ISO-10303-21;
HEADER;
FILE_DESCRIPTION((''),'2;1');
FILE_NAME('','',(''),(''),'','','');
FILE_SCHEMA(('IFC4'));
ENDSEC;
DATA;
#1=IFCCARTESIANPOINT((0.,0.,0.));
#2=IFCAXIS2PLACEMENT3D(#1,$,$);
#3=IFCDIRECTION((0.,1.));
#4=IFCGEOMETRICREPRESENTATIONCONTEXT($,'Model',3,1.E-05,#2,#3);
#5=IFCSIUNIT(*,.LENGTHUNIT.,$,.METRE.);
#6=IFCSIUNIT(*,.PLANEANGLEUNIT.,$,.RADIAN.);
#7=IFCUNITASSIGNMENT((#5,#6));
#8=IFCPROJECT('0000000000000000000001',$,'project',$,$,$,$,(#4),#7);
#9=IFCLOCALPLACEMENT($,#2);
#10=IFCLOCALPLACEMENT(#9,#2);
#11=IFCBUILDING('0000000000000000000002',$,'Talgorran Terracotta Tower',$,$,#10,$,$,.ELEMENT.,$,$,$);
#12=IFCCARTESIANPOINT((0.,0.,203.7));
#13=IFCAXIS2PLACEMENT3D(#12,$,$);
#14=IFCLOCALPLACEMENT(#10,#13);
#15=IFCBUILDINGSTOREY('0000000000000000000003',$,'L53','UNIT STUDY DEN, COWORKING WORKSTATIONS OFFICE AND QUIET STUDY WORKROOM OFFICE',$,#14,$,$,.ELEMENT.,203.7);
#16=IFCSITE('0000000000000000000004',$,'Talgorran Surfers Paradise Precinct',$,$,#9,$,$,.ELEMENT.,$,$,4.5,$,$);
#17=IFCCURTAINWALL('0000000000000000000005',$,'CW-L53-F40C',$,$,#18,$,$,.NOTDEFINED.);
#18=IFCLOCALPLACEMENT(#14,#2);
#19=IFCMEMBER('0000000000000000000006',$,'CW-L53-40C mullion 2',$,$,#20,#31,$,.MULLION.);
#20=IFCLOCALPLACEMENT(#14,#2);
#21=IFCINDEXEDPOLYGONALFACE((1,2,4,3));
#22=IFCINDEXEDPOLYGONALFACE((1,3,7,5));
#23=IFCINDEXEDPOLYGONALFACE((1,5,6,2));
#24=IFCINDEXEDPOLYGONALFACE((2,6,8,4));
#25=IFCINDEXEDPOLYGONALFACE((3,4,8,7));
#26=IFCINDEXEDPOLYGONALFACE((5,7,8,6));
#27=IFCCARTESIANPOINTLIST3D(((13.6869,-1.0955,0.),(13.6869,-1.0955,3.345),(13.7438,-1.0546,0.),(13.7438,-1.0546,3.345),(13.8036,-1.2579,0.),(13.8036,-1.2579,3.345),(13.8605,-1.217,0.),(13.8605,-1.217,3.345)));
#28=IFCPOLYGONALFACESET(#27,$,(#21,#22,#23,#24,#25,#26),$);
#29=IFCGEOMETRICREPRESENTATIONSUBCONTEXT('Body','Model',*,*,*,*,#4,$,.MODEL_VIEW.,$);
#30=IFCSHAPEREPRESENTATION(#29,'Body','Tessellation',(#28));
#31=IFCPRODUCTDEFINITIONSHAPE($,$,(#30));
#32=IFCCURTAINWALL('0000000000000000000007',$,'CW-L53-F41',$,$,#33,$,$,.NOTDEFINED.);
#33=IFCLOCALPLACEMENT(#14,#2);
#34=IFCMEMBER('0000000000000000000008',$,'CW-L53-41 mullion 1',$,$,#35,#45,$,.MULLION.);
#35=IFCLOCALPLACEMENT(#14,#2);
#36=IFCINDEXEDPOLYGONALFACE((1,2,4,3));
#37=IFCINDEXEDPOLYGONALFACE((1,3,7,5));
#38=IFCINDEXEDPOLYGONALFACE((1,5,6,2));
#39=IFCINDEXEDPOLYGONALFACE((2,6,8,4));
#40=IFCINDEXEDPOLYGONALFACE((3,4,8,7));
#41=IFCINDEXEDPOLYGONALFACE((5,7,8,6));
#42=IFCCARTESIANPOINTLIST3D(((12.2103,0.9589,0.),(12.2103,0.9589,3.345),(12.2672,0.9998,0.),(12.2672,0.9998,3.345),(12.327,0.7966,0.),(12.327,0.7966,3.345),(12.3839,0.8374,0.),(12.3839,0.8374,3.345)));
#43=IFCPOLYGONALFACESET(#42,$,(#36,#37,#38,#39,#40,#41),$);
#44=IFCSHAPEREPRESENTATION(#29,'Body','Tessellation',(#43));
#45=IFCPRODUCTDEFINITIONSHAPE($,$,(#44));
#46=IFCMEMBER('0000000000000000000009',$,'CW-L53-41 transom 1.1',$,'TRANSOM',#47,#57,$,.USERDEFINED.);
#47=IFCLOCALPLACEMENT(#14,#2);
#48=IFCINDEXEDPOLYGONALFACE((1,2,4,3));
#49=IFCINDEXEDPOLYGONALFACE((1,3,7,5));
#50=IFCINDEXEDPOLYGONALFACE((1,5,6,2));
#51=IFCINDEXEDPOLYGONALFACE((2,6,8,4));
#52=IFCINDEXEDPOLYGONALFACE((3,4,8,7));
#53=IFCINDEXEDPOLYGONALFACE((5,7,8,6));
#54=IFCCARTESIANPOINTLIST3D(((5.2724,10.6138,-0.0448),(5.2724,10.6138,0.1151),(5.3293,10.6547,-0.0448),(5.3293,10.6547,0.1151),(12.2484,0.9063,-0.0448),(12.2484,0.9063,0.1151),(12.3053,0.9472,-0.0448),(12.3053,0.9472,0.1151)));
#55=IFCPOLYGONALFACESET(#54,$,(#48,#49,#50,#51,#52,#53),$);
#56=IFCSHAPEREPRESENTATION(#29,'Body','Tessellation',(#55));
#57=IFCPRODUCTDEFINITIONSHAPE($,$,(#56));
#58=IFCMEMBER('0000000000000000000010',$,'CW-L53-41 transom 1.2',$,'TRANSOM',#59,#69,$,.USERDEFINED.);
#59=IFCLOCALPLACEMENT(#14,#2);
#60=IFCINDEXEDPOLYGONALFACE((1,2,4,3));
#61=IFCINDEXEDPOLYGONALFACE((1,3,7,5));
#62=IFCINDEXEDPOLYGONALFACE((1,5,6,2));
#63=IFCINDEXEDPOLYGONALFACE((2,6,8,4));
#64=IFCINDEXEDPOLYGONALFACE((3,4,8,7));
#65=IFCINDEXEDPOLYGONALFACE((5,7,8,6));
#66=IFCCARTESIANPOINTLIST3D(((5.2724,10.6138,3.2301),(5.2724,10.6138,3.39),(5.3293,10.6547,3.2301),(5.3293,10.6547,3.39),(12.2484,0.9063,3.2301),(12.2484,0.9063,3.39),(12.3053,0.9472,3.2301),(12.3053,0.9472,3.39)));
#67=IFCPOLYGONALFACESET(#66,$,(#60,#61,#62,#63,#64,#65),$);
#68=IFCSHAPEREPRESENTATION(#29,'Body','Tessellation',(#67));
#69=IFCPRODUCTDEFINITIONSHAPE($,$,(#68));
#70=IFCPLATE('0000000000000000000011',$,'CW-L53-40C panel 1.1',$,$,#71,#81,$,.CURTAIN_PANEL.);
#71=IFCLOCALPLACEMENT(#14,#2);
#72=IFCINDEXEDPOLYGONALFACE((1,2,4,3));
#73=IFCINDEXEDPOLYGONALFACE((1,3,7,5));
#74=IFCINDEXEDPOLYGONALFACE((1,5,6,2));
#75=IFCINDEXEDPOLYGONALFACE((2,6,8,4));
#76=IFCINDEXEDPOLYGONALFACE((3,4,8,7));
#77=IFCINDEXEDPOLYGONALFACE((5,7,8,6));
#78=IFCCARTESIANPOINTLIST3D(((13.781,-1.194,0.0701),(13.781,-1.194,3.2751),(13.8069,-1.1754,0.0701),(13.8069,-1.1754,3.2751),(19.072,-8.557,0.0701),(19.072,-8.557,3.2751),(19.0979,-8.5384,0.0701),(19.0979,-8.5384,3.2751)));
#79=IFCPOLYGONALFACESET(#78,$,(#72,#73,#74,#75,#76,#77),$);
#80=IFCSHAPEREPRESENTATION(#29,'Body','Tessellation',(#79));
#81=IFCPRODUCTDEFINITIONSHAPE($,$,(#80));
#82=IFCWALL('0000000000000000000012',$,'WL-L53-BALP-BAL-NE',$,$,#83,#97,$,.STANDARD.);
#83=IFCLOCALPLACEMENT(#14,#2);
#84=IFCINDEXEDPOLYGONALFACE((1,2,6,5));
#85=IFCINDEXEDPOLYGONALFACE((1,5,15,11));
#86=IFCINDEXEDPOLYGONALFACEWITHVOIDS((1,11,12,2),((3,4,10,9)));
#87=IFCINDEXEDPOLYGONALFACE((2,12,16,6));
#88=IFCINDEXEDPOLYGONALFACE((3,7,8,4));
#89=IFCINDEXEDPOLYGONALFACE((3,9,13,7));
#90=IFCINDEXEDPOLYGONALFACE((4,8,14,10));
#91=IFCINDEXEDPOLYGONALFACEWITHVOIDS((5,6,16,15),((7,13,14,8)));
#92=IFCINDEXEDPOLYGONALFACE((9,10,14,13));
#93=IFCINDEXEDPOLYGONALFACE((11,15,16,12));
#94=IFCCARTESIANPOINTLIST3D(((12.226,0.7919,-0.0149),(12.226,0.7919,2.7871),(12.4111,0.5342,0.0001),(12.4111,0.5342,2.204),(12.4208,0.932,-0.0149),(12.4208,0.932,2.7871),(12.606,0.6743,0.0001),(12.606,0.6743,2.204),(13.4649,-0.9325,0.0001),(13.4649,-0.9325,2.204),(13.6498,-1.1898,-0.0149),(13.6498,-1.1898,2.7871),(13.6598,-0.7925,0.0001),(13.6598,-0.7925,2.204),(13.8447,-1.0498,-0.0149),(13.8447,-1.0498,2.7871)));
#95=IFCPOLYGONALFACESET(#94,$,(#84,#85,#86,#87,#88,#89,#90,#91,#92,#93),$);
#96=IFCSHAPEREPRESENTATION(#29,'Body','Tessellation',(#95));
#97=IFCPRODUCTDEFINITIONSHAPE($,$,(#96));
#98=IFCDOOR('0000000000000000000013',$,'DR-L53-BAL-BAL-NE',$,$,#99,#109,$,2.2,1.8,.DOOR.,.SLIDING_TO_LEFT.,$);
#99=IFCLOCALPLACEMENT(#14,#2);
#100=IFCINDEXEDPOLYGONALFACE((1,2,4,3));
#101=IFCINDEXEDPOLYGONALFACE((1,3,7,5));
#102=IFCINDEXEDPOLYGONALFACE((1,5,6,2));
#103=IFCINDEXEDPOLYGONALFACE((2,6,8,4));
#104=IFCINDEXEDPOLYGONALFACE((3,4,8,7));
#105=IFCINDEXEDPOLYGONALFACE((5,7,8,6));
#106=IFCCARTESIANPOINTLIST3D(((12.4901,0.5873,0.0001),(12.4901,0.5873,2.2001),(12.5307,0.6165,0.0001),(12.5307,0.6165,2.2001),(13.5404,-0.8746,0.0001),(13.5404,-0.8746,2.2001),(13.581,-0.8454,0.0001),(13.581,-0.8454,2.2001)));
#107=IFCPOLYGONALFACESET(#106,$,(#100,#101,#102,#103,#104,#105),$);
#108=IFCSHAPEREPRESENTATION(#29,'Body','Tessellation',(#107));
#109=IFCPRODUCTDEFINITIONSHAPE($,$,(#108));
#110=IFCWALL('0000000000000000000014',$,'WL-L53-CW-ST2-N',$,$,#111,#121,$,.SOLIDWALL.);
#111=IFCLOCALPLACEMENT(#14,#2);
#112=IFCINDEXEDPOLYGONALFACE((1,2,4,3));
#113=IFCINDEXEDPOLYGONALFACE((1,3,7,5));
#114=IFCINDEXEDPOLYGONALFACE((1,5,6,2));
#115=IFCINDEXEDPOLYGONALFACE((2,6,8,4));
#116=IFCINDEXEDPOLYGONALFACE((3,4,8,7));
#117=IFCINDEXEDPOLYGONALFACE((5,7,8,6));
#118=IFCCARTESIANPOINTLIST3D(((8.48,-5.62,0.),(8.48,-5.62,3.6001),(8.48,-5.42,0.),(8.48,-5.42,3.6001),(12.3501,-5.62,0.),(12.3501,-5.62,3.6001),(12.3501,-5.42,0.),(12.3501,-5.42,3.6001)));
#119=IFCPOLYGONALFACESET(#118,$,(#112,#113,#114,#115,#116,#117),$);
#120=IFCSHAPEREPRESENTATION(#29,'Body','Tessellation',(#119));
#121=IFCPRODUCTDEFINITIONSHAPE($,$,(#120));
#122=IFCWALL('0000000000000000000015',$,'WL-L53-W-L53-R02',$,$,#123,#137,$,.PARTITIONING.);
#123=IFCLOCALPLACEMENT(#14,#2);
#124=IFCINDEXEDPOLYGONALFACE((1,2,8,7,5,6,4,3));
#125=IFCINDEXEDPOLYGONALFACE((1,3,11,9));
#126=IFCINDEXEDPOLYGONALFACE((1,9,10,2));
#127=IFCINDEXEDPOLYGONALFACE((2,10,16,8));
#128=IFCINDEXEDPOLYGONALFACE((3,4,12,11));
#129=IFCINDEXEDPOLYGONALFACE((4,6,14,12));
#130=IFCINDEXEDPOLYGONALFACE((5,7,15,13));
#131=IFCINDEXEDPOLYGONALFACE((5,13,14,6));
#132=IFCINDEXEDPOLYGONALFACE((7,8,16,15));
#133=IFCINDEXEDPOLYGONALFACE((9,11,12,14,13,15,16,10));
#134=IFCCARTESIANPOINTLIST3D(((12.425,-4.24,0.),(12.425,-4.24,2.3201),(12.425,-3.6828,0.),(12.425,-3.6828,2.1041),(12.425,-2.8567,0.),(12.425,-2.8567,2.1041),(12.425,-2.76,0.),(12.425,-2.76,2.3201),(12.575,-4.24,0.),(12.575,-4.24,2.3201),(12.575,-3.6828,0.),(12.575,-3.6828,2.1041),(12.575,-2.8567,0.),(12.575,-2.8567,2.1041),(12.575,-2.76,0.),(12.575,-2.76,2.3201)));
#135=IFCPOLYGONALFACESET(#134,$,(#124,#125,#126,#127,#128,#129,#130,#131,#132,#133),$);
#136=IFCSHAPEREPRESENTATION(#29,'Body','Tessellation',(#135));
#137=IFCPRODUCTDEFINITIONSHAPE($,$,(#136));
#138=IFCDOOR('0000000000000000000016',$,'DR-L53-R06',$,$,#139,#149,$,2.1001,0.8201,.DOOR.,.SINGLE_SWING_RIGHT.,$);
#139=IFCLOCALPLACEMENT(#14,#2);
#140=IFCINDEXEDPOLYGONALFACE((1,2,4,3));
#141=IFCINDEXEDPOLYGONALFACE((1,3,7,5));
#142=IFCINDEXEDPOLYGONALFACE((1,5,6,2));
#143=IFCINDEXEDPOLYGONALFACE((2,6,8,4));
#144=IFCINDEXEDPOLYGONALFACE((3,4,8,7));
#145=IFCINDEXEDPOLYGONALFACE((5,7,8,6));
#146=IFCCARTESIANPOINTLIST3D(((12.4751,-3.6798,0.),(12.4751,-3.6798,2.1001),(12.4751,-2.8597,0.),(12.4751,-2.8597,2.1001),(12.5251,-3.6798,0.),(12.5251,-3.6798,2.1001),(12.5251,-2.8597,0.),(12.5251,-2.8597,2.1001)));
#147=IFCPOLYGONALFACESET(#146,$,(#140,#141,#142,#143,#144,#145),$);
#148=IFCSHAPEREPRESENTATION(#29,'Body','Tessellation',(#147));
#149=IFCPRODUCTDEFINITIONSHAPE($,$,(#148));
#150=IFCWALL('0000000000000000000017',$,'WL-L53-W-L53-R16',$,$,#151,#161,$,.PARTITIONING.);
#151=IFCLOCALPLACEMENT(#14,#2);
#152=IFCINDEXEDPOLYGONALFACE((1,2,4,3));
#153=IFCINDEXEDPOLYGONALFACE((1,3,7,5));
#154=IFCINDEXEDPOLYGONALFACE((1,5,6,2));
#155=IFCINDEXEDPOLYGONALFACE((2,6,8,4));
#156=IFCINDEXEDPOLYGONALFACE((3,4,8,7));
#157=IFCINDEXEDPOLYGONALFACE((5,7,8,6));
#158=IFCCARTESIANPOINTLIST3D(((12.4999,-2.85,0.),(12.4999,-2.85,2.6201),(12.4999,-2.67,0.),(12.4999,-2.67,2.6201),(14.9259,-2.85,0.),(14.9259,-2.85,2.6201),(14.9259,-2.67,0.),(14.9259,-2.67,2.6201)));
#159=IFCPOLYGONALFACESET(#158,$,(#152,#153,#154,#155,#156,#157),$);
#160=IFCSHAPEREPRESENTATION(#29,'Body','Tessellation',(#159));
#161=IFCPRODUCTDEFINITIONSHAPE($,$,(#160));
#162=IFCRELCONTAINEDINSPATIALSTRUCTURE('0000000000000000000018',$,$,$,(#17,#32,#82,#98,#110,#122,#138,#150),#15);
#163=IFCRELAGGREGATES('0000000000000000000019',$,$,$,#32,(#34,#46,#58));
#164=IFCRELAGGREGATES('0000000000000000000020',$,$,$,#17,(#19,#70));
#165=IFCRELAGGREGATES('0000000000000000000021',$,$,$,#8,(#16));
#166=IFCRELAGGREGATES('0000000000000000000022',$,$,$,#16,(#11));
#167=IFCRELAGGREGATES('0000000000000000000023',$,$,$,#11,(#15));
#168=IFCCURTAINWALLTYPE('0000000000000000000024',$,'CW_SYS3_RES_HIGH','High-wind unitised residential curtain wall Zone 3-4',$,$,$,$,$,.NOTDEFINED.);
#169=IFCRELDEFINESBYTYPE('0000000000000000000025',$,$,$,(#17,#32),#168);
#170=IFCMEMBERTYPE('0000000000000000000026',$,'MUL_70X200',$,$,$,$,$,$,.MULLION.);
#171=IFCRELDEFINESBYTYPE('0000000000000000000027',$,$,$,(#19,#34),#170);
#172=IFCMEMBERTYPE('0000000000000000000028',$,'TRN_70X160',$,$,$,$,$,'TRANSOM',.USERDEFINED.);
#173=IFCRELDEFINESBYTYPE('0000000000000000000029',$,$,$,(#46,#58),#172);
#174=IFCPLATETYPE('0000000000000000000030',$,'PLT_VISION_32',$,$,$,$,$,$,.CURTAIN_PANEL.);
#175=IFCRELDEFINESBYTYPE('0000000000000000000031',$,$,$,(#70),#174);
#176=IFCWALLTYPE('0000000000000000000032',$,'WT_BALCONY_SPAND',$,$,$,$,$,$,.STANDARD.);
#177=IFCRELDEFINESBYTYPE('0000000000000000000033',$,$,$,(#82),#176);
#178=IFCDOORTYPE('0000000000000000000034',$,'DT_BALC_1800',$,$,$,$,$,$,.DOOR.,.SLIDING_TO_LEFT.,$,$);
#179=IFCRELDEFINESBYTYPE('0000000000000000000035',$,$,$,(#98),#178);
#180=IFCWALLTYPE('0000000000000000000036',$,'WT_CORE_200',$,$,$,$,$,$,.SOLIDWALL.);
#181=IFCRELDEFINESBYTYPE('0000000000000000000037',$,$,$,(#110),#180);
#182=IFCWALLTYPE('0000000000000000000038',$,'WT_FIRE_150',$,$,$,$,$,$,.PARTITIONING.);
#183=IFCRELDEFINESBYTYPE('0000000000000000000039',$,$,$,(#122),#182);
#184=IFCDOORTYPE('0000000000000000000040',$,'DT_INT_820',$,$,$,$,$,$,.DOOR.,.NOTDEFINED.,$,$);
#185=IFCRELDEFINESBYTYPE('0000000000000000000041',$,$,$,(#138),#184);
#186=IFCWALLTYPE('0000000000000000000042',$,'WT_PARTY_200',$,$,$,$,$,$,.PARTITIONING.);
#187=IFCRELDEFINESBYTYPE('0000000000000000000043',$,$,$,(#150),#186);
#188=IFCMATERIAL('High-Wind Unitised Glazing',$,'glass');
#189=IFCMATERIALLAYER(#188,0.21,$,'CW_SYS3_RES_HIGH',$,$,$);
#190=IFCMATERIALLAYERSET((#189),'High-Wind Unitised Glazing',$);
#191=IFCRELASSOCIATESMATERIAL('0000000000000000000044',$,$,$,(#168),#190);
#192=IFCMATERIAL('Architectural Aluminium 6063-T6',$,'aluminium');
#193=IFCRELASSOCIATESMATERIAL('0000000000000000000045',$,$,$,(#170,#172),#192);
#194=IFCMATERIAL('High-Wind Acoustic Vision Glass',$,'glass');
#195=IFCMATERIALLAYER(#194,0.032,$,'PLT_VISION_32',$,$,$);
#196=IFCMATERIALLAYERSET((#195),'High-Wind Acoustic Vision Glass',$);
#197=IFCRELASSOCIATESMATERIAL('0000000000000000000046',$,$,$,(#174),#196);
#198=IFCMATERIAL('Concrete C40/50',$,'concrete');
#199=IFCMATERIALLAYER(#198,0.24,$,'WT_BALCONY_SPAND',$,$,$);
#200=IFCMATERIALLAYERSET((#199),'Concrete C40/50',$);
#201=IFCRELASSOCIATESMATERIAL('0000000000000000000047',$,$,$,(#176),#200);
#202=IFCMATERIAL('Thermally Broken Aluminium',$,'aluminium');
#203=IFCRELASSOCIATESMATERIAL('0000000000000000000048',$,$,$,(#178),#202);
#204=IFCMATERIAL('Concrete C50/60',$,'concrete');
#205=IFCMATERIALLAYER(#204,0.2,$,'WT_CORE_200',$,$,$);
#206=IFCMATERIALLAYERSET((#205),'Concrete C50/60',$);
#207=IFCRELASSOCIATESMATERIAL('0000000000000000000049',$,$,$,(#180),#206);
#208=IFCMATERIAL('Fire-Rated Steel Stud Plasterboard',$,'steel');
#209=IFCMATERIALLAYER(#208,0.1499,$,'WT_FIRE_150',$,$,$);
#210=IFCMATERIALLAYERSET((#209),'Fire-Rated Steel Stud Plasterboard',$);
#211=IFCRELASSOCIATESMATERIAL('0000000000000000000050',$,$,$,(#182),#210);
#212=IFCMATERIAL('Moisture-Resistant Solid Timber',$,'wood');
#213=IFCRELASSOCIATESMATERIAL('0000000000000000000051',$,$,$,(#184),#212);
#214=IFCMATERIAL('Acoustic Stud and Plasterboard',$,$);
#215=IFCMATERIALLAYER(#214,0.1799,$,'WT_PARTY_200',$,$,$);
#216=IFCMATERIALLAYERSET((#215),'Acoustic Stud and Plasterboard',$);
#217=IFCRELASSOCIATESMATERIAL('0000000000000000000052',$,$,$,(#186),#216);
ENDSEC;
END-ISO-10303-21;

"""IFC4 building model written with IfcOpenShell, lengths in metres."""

from ifc_helpers import new_model, si_unit, direction, frame, frame_2d, origin, origin_2d, place, context, subcontext, project, spatial, rectangle, extrude, source, transform, mapped, material, layer, layer_set, material_profile, profile_set, type_object, type_shapes, element, fill, aggregate, save


model = new_model("IFC4")

# Units and contexts
model_context = context("Model", 3, precision=1e-05, world=origin(), true_north=direction((0.0, 1.0)))
body_context = subcontext(model_context, "Body", "Model", "MODEL_VIEW")
ifc_project = project(units=[si_unit("LENGTHUNIT", "METRE"), si_unit("PLANEANGLEUNIT", "RADIAN")], contexts=[model_context])

# Site, building, storey
site_placement = place(None, origin())
site = spatial("IfcSite", under=ifc_project, at=site_placement, Name="Talgorran Surfers Paradise Precinct", CompositionType="ELEMENT", RefElevation=4.5)
building_placement = place(site_placement, origin())
building = spatial("IfcBuilding", under=site, at=building_placement, Name="Talgorran Terracotta Tower", CompositionType="ELEMENT")
storey_placement = place(building_placement, frame((0.0, 0.0, 203.7)))
storey = spatial("IfcBuildingStorey", under=building, at=storey_placement, Name="L53", Description="UNIT STUDY DEN, COWORKING WORKSTATIONS OFFICE AND QUIET STUDY WORKROOM OFFICE", CompositionType="ELEMENT", Elevation=203.7)

# Curtain wall, member
ifc_material_1 = material(Name="High-Wind Unitised Glazing", Category="glass")
ifc_layer_1 = layer(ifc_material_1, 0.21, Name="CW_SYS3_RES_HIGH")
ifc_layer_set_1 = layer_set([ifc_layer_1], Name="High-Wind Unitised Glazing")
curtain_wall_type = type_object("IfcCurtainWallType", Name="CW_SYS3_RES_HIGH", Description="High-wind unitised residential curtain wall Zone 3-4", PredefinedType="NOTDEFINED", material=ifc_layer_set_1)
curtain_wall_1_placement = place(storey_placement, origin())
curtain_wall_1 = element("IfcCurtainWall", 1, at=curtain_wall_1_placement, inside=storey, type_object=curtain_wall_type, Name="CW-L53-F40C", PredefinedType="NOTDEFINED")
ifc_material_2 = material(Name="Architectural Aluminium 6063-T6", Category="aluminium")
ifc_material_profile_1 = material_profile(ifc_material_2, rectangle(XDim=0.0701, YDim=0.2, at=origin_2d()), Name="CWM70X200")
ifc_profile_set_1 = profile_set([ifc_material_profile_1], Name="Architectural Aluminium 6063-T6")
member_type_1 = type_object("IfcMemberType", Name="MUL_70X200", PredefinedType="MULLION", material=ifc_profile_set_1)
member_1_placement = place(storey_placement, frame((13.7737, -1.1562, 0.0), z_axis=(0.0, 0.0, 1.0), x_axis=(-0.812076, -0.583552, 0.0)))
member_1 = element("IfcMember", 2, at=member_1_placement, type_object=member_type_1, Name="CW-L53-40C mullion 2", PredefinedType="MULLION", context=body_context, shape_type="SweptSolid", body=[
    extrude(rectangle(XDim=0.0701, YDim=0.2, at=origin_2d()), origin(), (0.0, 0.0, 1.0), 3.345),
])

# Curtain wall, members
curtain_wall_2_placement = place(storey_placement, origin())
curtain_wall_2 = element("IfcCurtainWall", 3, at=curtain_wall_2_placement, inside=storey, type_object=curtain_wall_type, Name="CW-L53-F41", PredefinedType="NOTDEFINED")
member_2_placement = place(storey_placement, frame((12.2971, 0.8982, 0.0), z_axis=(0.0, 0.0, 1.0), x_axis=(-0.812075, -0.583553, 0.0)))
member_2 = element("IfcMember", 4, at=member_2_placement, type_object=member_type_1, Name="CW-L53-41 mullion 1", PredefinedType="MULLION", context=body_context, shape_type="SweptSolid", body=[
    extrude(rectangle(XDim=0.0701, YDim=0.2, at=origin_2d()), origin(), (0.0, 0.0, 1.0), 3.345),
])
ifc_material_profile_2 = material_profile(ifc_material_2, rectangle(XDim=0.0701, YDim=0.1599, at=origin_2d()), Name="CWT70X160")
ifc_profile_set_2 = profile_set([ifc_material_profile_2], Name="Architectural Aluminium 6063-T6")
member_type_2 = type_object("IfcMemberType", Name="TRN_70X160", ElementType="TRANSOM", PredefinedType="USERDEFINED", material=ifc_profile_set_2)
member_3_placement = place(storey_placement, frame((12.2769, 0.9268, 0.0352), z_axis=(-0.58357, 0.812063, 0.0), x_axis=(-0.812063, -0.58357, 0.0)))
member_3 = element("IfcMember", 5, at=member_3_placement, type_object=member_type_2, Name="CW-L53-41 transom 1.1", ObjectType="TRANSOM", PredefinedType="USERDEFINED", context=body_context, shape_type="SweptSolid", body=[
    extrude(rectangle(XDim=0.0701, YDim=0.1599, at=origin_2d()), origin(), (0.0, 0.0, 1.0), 11.9541),
])
member_4_placement = place(storey_placement, frame((12.2769, 0.9268, 3.3101), z_axis=(-0.58357, 0.812063, 0.0), x_axis=(-0.812063, -0.58357, 0.0)))
member_4 = element("IfcMember", 6, at=member_4_placement, type_object=member_type_2, Name="CW-L53-41 transom 1.2", ObjectType="TRANSOM", PredefinedType="USERDEFINED", context=body_context, shape_type="SweptSolid", body=[
    extrude(rectangle(XDim=0.0701, YDim=0.1599, at=origin_2d()), origin(), (0.0, 0.0, 1.0), 11.9541),
])
aggregate(curtain_wall_2, [member_2, member_3, member_4])

# Plate
ifc_material_3 = material(Name="High-Wind Acoustic Vision Glass", Category="glass")
ifc_layer_2 = layer(ifc_material_3, 0.032, Name="PLT_VISION_32")
ifc_layer_set_2 = layer_set([ifc_layer_2], Name="High-Wind Acoustic Vision Glass")
plate_type = type_object("IfcPlateType", Name="PLT_VISION_32", PredefinedType="CURTAIN_PANEL", material=ifc_layer_set_2)
shared_shape = source(origin(), body_context, "Body", "SweptSolid", [
    extrude(rectangle(XDim=9.0669, YDim=0.032, at=origin_2d()), origin(), (0.0, 0.0, 1.0), 3.2051),
])
type_shapes(plate_type, [shared_shape])
plate_placement = place(storey_placement, frame((16.4395, -4.8662, 0.0701), z_axis=(0.0, 0.0, 1.0), x_axis=(-0.583552, 0.812076, 0.0)))
plate = element("IfcPlate", 7, at=plate_placement, type_object=plate_type, Name="CW-L53-40C panel 1.1", PredefinedType="CURTAIN_PANEL", context=body_context, shape_type="MappedRepresentation", body=[
    mapped(shared_shape, transform((0.0, 0.0, 0.0), scale=1.0)),
])
aggregate(curtain_wall_1, [member_1, plate])

# Wall, opening, door
ifc_material_4 = material(Name="Concrete C40/50", Category="concrete")
ifc_layer_3 = layer(ifc_material_4, 0.24, Name="WT_BALCONY_SPAND")
ifc_layer_set_3 = layer_set([ifc_layer_3], Name="Concrete C40/50")
wall_type_1 = type_object("IfcWallType", Name="WT_BALCONY_SPAND", PredefinedType="STANDARD", material=ifc_layer_set_3)
wall_1_placement = place(storey_placement, frame((13.7473, -1.1199, -0.0149), z_axis=(0.0, 0.0, 1.0), x_axis=(-0.583498, 0.812115, 0.0)))
wall_1 = element("IfcWall", 8, at=wall_1_placement, inside=storey, type_object=wall_type_1, Name="WL-L53-BALP-BAL-NE", PredefinedType="STANDARD", context=body_context, shape_type="SweptSolid", body=[
    extrude(rectangle(XDim=2.4402, YDim=0.24, at=frame_2d((1.2202, 0.0))), origin(), (0.0, 0.0, 1.0), 2.802),
])
opening_1_placement = place(wall_1_placement, frame((0.3201, 0.0, 0.0149)))
opening_1 = element("IfcOpeningElement", 9, at=opening_1_placement, cuts=wall_1, PredefinedType="OPENING", context=body_context, shape_type="SweptSolid", body=[
    extrude(rectangle(XDim=1.806, YDim=2.204, at=frame_2d((0.8999, 1.1021))), frame((0.0, 0.1299, 0.0), z_axis=(0.0, -1.0, 0.0), x_axis=(1.0, 0.0, 0.0)), (0.0, 0.0, 1.0), 0.26),
])
ifc_material_5 = material(Name="Thermally Broken Aluminium", Category="aluminium")
door_type_1 = type_object("IfcDoorType", Name="DT_BALC_1800", OperationType="SLIDING_TO_LEFT", PredefinedType="DOOR", material=ifc_material_5)
door_1_placement = place(opening_1_placement, origin())
door_1 = element("IfcDoor", 10, at=door_1_placement, inside=storey, type_object=door_type_1, Name="DR-L53-BAL-BAL-NE", OperationType="SLIDING_TO_LEFT", OverallHeight=2.2, OverallWidth=1.8, PredefinedType="DOOR", context=body_context, shape_type="SweptSolid", body=[
    extrude(rectangle(XDim=1.8, YDim=2.2, at=frame_2d((0.8999, 1.1001))), frame((0.0, 0.0249, 0.0), z_axis=(0.0, -1.0, 0.0), x_axis=(1.0, 0.0, 0.0)), (0.0, 0.0, 1.0), 0.05),
])
fill(opening_1, door_1)

# Wall
ifc_material_6 = material(Name="Concrete C50/60", Category="concrete")
ifc_layer_4 = layer(ifc_material_6, 0.2, Name="WT_CORE_200")
ifc_layer_set_4 = layer_set([ifc_layer_4], Name="Concrete C50/60")
wall_type_2 = type_object("IfcWallType", Name="WT_CORE_200", PredefinedType="SOLIDWALL", material=ifc_layer_set_4)
wall_2_placement = place(storey_placement, frame((8.48, -5.52, 0.0), z_axis=(0.0, 0.0, 1.0), x_axis=(1.0, 0.0, 0.0)))
element("IfcWall", 11, at=wall_2_placement, inside=storey, type_object=wall_type_2, Name="WL-L53-CW-ST2-N", PredefinedType="SOLIDWALL", context=body_context, shape_type="SweptSolid", body=[
    extrude(rectangle(XDim=3.8701, YDim=0.2, at=frame_2d((1.9351, 0.0))), origin(), (0.0, 0.0, 1.0), 3.6001),
])

# Wall, opening, door
ifc_material_7 = material(Name="Fire-Rated Steel Stud Plasterboard", Category="steel")
ifc_layer_5 = layer(ifc_material_7, 0.1499, Name="WT_FIRE_150")
ifc_layer_set_5 = layer_set([ifc_layer_5], Name="Fire-Rated Steel Stud Plasterboard")
wall_type_3 = type_object("IfcWallType", Name="WT_FIRE_150", PredefinedType="PARTITIONING", material=ifc_layer_set_5)
wall_3_placement = place(storey_placement, frame((12.5, -4.24, 0.0), z_axis=(0.0, 0.0, 1.0), x_axis=(0.0, 1.0, 0.0)))
wall_3 = element("IfcWall", 12, at=wall_3_placement, inside=storey, type_object=wall_type_3, Name="WL-L53-W-L53-R02", PredefinedType="PARTITIONING", context=body_context, shape_type="SweptSolid", body=[
    extrude(rectangle(XDim=1.48, YDim=0.1499, at=frame_2d((0.74, 0.0))), origin(), (0.0, 0.0, 1.0), 2.3201),
])
opening_2_placement = place(wall_3_placement, frame((0.5601, 0.0, 0.0)))
opening_2 = element("IfcOpeningElement", 13, at=opening_2_placement, cuts=wall_3, PredefinedType="OPENING", context=body_context, shape_type="SweptSolid", body=[
    extrude(rectangle(XDim=0.8261, YDim=2.1041, at=frame_2d((0.4102, 1.052))), frame((0.0, 0.085, 0.0), z_axis=(0.0, -1.0, 0.0), x_axis=(1.0, 0.0, 0.0)), (0.0, 0.0, 1.0), 0.1699),
])
ifc_material_8 = material(Name="Moisture-Resistant Solid Timber", Category="wood")
door_type_2 = type_object("IfcDoorType", Name="DT_INT_820", OperationType="NOTDEFINED", PredefinedType="DOOR", material=ifc_material_8)
door_2_placement = place(opening_2_placement, origin())
door_2 = element("IfcDoor", 14, at=door_2_placement, inside=storey, type_object=door_type_2, Name="DR-L53-R06", OperationType="SINGLE_SWING_RIGHT", OverallHeight=2.1001, OverallWidth=0.8201, PredefinedType="DOOR", context=body_context, shape_type="SweptSolid", body=[
    extrude(rectangle(XDim=0.8201, YDim=2.1001, at=frame_2d((0.4102, 1.05))), frame((0.0, 0.0249, 0.0), z_axis=(0.0, -1.0, 0.0), x_axis=(1.0, 0.0, 0.0)), (0.0, 0.0, 1.0), 0.05),
])
fill(opening_2, door_2)

# Wall
ifc_material_9 = material(Name="Acoustic Stud and Plasterboard")
ifc_layer_6 = layer(ifc_material_9, 0.1799, Name="WT_PARTY_200")
ifc_layer_set_6 = layer_set([ifc_layer_6], Name="Acoustic Stud and Plasterboard")
wall_type_4 = type_object("IfcWallType", Name="WT_PARTY_200", PredefinedType="PARTITIONING", material=ifc_layer_set_6)
wall_4_placement = place(storey_placement, frame((12.5, -2.76, 0.0), z_axis=(0.0, 0.0, 1.0), x_axis=(1.0, 0.0, 0.0)))
element("IfcWall", 15, at=wall_4_placement, inside=storey, type_object=wall_type_4, Name="WL-L53-W-L53-R16", PredefinedType="PARTITIONING", context=body_context, shape_type="SweptSolid", body=[
    extrude(rectangle(XDim=2.426, YDim=0.1799, at=frame_2d((1.2129, 0.0))), origin(), (0.0, 0.0, 1.0), 2.6201),
])

save(model, "model.ifc")
